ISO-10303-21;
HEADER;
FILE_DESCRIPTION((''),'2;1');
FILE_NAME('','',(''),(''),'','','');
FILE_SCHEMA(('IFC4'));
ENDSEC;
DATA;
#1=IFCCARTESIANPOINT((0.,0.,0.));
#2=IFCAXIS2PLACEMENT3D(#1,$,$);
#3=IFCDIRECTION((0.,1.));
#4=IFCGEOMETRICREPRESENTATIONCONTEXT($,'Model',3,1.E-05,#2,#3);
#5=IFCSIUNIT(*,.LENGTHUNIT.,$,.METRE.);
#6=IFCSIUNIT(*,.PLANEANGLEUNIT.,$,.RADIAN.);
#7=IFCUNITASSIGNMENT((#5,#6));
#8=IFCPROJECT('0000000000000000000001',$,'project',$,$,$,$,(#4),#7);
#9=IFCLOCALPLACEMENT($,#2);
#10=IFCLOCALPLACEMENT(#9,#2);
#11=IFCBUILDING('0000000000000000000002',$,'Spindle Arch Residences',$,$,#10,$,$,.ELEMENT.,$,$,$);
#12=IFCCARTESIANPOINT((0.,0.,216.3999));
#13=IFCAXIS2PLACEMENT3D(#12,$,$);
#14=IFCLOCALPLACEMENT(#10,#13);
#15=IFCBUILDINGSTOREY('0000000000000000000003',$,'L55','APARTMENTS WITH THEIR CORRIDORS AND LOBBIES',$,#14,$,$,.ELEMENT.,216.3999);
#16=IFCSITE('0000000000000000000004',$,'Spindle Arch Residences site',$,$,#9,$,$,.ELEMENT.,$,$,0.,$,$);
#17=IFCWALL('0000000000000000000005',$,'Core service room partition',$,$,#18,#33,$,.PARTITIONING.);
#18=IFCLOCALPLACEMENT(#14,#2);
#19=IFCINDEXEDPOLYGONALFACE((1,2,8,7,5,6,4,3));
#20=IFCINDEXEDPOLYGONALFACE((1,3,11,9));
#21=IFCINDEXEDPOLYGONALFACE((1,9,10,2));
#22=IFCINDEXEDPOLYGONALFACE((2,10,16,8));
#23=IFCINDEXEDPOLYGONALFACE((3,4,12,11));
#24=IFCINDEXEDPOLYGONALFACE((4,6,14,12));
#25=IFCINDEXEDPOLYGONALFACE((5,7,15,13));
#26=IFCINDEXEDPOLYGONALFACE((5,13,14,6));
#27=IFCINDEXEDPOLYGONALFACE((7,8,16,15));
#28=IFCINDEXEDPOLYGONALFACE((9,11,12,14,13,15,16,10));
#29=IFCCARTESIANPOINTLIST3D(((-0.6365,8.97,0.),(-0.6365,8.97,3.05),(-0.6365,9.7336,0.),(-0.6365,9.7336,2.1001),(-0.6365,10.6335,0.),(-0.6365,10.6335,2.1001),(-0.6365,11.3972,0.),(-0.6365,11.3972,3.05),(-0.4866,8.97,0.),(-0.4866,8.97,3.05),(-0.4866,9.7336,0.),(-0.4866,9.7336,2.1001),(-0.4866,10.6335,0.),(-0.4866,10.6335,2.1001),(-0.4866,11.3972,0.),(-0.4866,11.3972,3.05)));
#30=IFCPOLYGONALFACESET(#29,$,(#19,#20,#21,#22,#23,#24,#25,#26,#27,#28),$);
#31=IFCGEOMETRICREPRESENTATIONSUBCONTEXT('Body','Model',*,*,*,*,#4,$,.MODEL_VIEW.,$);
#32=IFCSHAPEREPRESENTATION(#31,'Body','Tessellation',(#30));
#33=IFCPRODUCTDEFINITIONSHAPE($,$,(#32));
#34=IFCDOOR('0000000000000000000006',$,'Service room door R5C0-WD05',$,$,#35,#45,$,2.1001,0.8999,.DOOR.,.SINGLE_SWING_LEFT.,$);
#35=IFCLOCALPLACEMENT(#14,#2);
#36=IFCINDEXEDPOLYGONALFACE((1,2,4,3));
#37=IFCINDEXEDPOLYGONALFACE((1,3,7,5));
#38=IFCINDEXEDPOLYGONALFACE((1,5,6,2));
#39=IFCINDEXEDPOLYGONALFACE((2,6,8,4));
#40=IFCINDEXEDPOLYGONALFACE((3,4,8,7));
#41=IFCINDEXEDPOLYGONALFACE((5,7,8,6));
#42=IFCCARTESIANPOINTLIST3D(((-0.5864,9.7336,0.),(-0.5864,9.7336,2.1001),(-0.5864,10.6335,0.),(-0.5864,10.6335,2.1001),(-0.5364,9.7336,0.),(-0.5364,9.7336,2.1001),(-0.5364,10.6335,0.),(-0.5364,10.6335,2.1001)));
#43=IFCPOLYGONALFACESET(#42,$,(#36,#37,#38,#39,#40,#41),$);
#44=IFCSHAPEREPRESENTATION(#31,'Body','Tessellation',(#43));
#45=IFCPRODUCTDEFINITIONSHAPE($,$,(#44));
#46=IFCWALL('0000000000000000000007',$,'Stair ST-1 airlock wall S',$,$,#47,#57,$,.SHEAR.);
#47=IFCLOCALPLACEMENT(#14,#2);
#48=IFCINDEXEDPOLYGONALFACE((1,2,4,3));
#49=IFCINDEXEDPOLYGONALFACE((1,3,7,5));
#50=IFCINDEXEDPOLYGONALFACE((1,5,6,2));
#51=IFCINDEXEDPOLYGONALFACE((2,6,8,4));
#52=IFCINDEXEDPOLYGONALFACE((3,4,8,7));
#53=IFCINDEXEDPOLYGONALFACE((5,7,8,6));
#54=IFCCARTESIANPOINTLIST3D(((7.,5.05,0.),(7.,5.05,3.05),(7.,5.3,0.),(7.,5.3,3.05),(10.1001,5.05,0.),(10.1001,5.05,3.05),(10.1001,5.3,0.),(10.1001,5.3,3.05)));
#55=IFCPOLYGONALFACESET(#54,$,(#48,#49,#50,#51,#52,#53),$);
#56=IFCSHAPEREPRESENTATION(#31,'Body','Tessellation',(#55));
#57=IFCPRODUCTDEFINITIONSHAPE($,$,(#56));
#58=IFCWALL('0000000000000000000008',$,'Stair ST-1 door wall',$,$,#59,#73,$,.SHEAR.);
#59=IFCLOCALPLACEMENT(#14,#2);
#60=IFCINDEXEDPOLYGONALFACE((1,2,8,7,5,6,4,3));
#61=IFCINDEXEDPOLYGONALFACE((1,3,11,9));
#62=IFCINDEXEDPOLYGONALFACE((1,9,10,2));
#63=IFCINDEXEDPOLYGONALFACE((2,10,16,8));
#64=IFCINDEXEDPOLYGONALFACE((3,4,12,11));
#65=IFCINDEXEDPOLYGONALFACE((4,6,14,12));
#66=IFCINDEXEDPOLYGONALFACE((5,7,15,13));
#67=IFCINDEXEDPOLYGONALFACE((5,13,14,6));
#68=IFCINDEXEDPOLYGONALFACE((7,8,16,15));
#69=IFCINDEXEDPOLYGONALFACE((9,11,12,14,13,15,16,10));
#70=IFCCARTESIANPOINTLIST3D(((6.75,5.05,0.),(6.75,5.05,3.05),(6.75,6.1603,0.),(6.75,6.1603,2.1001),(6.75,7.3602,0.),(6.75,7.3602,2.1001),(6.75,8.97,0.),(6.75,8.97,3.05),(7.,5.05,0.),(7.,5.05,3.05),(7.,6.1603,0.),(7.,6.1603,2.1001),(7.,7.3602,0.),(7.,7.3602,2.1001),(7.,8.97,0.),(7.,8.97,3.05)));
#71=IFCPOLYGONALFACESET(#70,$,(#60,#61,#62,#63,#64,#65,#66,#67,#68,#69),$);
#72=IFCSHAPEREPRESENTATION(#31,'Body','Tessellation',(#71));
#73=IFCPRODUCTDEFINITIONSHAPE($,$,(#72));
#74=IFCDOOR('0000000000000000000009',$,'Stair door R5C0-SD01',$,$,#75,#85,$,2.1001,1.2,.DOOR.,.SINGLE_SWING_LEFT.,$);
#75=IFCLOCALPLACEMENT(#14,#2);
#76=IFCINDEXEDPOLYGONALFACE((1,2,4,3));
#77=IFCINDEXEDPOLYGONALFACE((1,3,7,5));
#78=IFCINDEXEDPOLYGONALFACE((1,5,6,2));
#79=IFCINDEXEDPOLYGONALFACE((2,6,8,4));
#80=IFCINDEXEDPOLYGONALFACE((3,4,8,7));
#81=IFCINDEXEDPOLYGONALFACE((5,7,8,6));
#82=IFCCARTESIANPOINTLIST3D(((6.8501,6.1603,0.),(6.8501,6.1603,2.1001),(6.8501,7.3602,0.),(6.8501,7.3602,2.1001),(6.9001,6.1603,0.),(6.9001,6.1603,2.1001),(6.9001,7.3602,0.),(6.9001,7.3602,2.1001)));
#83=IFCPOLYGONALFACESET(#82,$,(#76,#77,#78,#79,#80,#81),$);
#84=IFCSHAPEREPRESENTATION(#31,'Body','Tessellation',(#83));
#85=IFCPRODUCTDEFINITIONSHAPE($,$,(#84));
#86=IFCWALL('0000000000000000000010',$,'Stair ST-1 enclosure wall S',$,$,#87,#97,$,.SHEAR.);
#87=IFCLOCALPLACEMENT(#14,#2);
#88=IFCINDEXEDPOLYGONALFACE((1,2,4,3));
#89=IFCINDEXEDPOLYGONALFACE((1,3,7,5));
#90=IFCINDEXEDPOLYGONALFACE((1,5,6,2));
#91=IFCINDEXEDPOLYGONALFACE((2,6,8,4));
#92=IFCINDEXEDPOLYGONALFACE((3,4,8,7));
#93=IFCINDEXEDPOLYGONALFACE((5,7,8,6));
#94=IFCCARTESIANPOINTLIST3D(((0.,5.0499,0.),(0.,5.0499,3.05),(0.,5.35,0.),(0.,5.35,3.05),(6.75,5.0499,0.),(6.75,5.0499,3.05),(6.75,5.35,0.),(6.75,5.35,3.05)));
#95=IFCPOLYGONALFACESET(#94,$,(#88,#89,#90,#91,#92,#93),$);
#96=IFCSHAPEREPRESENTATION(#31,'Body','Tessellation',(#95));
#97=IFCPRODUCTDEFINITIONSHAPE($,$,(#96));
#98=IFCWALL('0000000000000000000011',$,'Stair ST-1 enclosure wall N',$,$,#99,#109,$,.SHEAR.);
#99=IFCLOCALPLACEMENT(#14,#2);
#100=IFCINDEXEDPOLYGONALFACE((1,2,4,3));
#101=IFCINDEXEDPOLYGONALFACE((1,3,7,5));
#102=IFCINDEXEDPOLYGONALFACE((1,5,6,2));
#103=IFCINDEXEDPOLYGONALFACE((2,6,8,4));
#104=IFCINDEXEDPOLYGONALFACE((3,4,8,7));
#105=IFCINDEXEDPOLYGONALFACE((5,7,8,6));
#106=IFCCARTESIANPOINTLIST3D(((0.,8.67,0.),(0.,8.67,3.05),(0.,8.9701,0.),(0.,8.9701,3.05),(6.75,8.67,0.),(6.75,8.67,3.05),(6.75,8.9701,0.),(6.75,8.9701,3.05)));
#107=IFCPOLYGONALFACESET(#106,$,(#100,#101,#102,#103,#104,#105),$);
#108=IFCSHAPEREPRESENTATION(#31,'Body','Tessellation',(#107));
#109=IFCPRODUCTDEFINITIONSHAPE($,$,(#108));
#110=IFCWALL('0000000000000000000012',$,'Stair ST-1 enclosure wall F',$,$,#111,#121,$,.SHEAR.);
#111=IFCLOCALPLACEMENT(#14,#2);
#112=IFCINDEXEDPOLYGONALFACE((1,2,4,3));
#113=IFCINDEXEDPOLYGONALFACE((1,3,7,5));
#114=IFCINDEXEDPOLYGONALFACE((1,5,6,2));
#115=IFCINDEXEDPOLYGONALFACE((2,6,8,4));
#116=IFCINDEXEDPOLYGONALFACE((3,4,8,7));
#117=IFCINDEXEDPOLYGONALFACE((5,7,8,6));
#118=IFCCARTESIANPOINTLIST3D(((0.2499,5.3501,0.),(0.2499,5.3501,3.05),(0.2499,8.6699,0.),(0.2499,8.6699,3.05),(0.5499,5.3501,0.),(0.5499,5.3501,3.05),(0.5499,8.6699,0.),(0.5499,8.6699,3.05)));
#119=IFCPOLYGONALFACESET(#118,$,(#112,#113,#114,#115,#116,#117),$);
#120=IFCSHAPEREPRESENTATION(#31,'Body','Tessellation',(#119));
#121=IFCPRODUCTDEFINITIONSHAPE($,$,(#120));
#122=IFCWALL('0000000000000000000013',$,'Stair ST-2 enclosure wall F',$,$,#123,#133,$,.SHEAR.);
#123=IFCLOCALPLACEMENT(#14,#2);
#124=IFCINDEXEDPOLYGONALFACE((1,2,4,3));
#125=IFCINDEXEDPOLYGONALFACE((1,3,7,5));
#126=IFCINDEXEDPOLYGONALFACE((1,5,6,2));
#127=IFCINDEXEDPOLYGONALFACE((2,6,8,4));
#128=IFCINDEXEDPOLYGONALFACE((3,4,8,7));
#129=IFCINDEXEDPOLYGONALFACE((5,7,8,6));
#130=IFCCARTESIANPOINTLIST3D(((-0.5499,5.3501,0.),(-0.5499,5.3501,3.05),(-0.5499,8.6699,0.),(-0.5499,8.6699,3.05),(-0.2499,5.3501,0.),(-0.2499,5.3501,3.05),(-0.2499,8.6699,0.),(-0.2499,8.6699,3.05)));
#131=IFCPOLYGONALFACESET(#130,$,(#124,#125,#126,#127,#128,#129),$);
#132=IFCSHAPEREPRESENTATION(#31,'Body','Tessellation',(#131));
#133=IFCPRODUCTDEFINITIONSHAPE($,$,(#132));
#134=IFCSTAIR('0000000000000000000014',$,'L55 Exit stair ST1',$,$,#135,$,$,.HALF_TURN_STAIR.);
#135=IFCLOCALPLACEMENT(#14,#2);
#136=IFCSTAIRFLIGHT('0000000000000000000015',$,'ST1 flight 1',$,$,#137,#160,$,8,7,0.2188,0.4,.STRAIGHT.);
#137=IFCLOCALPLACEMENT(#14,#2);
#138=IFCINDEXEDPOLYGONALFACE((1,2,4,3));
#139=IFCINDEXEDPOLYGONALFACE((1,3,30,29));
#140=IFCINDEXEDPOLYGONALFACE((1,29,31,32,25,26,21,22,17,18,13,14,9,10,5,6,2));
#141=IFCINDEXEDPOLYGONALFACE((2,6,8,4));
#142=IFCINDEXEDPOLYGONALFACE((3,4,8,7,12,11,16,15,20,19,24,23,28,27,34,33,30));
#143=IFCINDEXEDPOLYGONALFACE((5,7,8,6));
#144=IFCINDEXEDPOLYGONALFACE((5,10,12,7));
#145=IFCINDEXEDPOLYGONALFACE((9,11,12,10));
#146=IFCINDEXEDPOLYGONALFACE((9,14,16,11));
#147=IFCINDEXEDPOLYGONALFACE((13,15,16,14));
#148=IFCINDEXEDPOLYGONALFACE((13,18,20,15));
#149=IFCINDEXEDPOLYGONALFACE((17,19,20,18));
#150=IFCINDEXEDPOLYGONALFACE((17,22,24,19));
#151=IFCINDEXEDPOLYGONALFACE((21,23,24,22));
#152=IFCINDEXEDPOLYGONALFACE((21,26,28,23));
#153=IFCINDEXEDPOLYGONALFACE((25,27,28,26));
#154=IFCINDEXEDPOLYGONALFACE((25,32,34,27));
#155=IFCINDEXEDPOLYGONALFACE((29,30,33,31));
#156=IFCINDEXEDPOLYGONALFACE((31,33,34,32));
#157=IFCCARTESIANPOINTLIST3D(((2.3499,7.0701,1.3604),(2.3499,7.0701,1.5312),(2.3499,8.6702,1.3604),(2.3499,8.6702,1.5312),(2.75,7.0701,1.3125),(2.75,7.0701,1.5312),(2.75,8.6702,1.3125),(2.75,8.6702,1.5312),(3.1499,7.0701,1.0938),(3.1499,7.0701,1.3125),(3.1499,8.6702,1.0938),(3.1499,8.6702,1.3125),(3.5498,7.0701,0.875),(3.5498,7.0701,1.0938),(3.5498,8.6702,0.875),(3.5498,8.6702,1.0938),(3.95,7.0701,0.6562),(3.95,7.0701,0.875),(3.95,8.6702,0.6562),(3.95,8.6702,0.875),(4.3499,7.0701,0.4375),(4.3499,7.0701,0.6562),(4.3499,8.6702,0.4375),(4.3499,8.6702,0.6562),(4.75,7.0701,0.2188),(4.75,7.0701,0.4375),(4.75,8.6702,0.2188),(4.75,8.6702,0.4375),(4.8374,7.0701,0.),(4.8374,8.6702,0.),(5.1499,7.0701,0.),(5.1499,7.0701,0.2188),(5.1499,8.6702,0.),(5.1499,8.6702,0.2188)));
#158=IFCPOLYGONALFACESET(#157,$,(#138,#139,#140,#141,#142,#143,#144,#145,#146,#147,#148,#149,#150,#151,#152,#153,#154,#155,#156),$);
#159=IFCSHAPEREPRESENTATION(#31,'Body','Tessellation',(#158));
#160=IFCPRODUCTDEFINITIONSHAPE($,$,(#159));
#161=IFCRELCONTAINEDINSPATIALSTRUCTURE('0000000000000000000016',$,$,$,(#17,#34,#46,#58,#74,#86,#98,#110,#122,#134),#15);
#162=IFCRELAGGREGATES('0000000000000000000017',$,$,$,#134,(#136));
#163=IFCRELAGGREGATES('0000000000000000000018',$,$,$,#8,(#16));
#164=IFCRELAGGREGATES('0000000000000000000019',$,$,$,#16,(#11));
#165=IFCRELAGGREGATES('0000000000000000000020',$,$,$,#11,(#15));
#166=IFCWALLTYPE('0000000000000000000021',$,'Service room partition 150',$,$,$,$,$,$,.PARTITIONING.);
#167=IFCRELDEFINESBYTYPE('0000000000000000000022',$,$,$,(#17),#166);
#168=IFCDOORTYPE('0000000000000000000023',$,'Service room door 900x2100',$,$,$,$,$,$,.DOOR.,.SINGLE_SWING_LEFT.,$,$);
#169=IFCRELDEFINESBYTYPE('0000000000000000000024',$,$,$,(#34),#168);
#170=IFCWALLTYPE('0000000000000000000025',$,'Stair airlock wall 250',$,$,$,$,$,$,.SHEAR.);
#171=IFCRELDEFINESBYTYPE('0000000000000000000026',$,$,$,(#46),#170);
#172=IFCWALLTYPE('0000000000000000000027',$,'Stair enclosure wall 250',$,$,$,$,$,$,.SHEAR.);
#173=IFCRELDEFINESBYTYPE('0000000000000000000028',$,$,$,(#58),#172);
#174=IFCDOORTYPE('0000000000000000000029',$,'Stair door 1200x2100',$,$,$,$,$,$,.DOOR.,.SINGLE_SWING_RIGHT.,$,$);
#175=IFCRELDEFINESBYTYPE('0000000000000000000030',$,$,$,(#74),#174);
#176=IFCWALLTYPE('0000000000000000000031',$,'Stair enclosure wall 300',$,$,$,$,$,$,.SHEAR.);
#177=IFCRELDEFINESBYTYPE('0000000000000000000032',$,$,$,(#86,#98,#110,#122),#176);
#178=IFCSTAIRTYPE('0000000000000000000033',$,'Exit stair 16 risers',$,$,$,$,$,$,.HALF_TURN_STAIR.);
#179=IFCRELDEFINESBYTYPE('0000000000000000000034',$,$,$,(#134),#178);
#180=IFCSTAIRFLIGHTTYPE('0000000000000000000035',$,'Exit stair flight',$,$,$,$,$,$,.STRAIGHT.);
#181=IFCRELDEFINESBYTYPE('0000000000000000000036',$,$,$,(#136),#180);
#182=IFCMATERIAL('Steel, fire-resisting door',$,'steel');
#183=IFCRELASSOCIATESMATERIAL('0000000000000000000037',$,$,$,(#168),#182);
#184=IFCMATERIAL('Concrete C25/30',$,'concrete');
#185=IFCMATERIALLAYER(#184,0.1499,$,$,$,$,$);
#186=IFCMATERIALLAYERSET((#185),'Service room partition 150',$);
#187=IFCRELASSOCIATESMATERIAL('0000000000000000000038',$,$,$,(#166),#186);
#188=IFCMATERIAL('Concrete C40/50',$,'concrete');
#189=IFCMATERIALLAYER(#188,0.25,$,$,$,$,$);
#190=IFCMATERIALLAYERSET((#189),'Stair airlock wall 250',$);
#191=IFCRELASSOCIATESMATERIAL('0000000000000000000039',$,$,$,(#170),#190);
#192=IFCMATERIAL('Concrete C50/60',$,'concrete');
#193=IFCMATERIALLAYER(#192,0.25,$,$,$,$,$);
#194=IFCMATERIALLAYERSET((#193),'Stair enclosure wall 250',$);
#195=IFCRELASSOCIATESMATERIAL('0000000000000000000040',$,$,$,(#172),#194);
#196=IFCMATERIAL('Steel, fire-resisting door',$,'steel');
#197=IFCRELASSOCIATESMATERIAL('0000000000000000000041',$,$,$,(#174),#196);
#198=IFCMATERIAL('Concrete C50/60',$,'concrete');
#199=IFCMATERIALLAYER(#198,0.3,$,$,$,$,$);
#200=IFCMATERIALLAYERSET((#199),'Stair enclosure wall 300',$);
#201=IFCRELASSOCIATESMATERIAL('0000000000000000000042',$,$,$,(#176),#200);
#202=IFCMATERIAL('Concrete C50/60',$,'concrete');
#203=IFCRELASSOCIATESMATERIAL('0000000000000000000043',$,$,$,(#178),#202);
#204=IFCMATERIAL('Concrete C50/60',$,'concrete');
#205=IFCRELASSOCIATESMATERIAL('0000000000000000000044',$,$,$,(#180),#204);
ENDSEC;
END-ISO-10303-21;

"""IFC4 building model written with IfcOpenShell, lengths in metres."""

from ifc_helpers import new_model, si_unit, direction, frame, frame_2d, origin, place, context, subcontext, project, spatial, polyline, rectangle, outline, extrude, material, layer, layer_set, type_object, element, fill, aggregate, save


model = new_model("IFC4")

# Units and contexts
model_context = context("Model", 3, precision=1e-05, world=origin(), true_north=direction((0.0, 1.0)))
body_context = subcontext(model_context, "Body", "Model", "MODEL_VIEW")
ifc_project = project(units=[si_unit("LENGTHUNIT", "METRE"), si_unit("PLANEANGLEUNIT", "RADIAN")], contexts=[model_context])

# Site, building, storey
site_placement = place(None, origin())
site = spatial("IfcSite", under=ifc_project, at=site_placement, Name="Spindle Arch Residences site", CompositionType="ELEMENT", RefElevation=0.0)
building_placement = place(site_placement, origin())
building = spatial("IfcBuilding", under=site, at=building_placement, Name="Spindle Arch Residences", CompositionType="ELEMENT")
storey_placement = place(building_placement, frame((0.0, 0.0, 216.3999)))
storey = spatial("IfcBuildingStorey", under=building, at=storey_placement, Name="L55", Description="APARTMENTS WITH THEIR CORRIDORS AND LOBBIES", CompositionType="ELEMENT", Elevation=216.3999)

# Shared definitions
ifc_material_1 = material(Name="Steel, fire-resisting door", Category="steel")
door_type_1 = type_object("IfcDoorType", Name="Service room door 900x2100", OperationType="SINGLE_SWING_LEFT", PredefinedType="DOOR", material=ifc_material_1)

# Wall, opening, door
ifc_material_2 = material(Name="Concrete C25/30", Category="concrete")
ifc_layer_1 = layer(ifc_material_2, 0.1499)
ifc_layer_set_1 = layer_set([ifc_layer_1], Name="Service room partition 150")
wall_type_1 = type_object("IfcWallType", Name="Service room partition 150", PredefinedType="PARTITIONING", material=ifc_layer_set_1)
wall_1_placement = place(storey_placement, frame((-0.5615, 8.97, 0.0), z_axis=(0.0, 0.0, 1.0), x_axis=(0.0, 1.0, 0.0)))
wall_1 = element("IfcWall", 1, at=wall_1_placement, inside=storey, type_object=wall_type_1, Name="Core service room partition", PredefinedType="PARTITIONING", context=body_context, shape_type="SweptSolid", body=[
    extrude(rectangle(XDim=2.4272, YDim=0.1499, at=frame_2d((1.2136, 0.0))), origin(), (0.0, 0.0, 1.0), 3.05),
])
opening_1_placement = place(wall_1_placement, frame((0.7637, 0.0, 0.0)))
opening_1 = element("IfcOpeningElement", 2, at=opening_1_placement, cuts=wall_1, PredefinedType="OPENING", context=body_context, shape_type="SweptSolid", body=[
    extrude(rectangle(XDim=0.8999, YDim=2.1001, at=frame_2d((0.45, 1.05))), frame((0.0, 0.085, 0.0), z_axis=(0.0, -1.0, 0.0), x_axis=(1.0, 0.0, 0.0)), (0.0, 0.0, 1.0), 0.1699),
])
door_1_placement = place(opening_1_placement, origin())
door_1 = element("IfcDoor", 3, at=door_1_placement, inside=storey, type_object=door_type_1, Name="Service room door R5C0-WD05", OperationType="SINGLE_SWING_LEFT", OverallHeight=2.1001, OverallWidth=0.8999, PredefinedType="DOOR", context=body_context, shape_type="SweptSolid", body=[
    extrude(rectangle(XDim=0.8999, YDim=2.1001, at=frame_2d((0.45, 1.05))), frame((0.0, 0.0249, 0.0), z_axis=(0.0, -1.0, 0.0), x_axis=(1.0, 0.0, 0.0)), (0.0, 0.0, 1.0), 0.05),
])
fill(opening_1, door_1)

# Wall
ifc_material_3 = material(Name="Concrete C40/50", Category="concrete")
ifc_layer_2 = layer(ifc_material_3, 0.25)
ifc_layer_set_2 = layer_set([ifc_layer_2], Name="Stair airlock wall 250")
wall_type_2 = type_object("IfcWallType", Name="Stair airlock wall 250", PredefinedType="SHEAR", material=ifc_layer_set_2)
wall_2_placement = place(storey_placement, frame((7.0, 5.175, 0.0), z_axis=(0.0, 0.0, 1.0), x_axis=(1.0, 0.0, 0.0)))
element("IfcWall", 4, at=wall_2_placement, inside=storey, type_object=wall_type_2, Name="Stair ST-1 airlock wall S", PredefinedType="SHEAR", context=body_context, shape_type="SweptSolid", body=[
    extrude(rectangle(XDim=3.1001, YDim=0.25, at=frame_2d((1.55, 0.0))), origin(), (0.0, 0.0, 1.0), 3.05),
])

# Wall, opening, door
ifc_material_4 = material(Name="Concrete C50/60", Category="concrete")
ifc_layer_3 = layer(ifc_material_4, 0.25)
ifc_layer_set_3 = layer_set([ifc_layer_3], Name="Stair enclosure wall 250")
wall_type_3 = type_object("IfcWallType", Name="Stair enclosure wall 250", PredefinedType="SHEAR", material=ifc_layer_set_3)
wall_3_placement = place(storey_placement, frame((6.875, 5.05, 0.0), z_axis=(0.0, 0.0, 1.0), x_axis=(0.0, 1.0, 0.0)))
wall_3 = element("IfcWall", 5, at=wall_3_placement, inside=storey, type_object=wall_type_3, Name="Stair ST-1 door wall", PredefinedType="SHEAR", context=body_context, shape_type="SweptSolid", body=[
    extrude(rectangle(XDim=3.9199, YDim=0.25, at=frame_2d((1.96, 0.0))), origin(), (0.0, 0.0, 1.0), 3.05),
])
opening_2_placement = place(wall_3_placement, frame((1.1101, 0.0, 0.0)))
opening_2 = element("IfcOpeningElement", 6, at=opening_2_placement, cuts=wall_3, PredefinedType="OPENING", context=body_context, shape_type="SweptSolid", body=[
    extrude(rectangle(XDim=1.2, YDim=2.1001, at=frame_2d((0.6001, 1.05))), frame((0.0, 0.135, 0.0), z_axis=(0.0, -1.0, 0.0), x_axis=(1.0, 0.0, 0.0)), (0.0, 0.0, 1.0), 0.27),
])
ifc_material_5 = material(Name="Steel, fire-resisting door", Category="steel")
door_type_2 = type_object("IfcDoorType", Name="Stair door 1200x2100", OperationType="SINGLE_SWING_RIGHT", PredefinedType="DOOR", material=ifc_material_5)
door_2_placement = place(opening_2_placement, origin())
door_2 = element("IfcDoor", 7, at=door_2_placement, inside=storey, type_object=door_type_2, Name="Stair door R5C0-SD01", OperationType="SINGLE_SWING_LEFT", OverallHeight=2.1001, OverallWidth=1.2, PredefinedType="DOOR", context=body_context, shape_type="SweptSolid", body=[
    extrude(rectangle(XDim=1.2, YDim=2.1001, at=frame_2d((0.6001, 1.05))), frame((0.0, 0.0249, 0.0), z_axis=(0.0, -1.0, 0.0), x_axis=(1.0, 0.0, 0.0)), (0.0, 0.0, 1.0), 0.05),
])
fill(opening_2, door_2)

# Walls
ifc_material_6 = material(Name="Concrete C50/60", Category="concrete")
ifc_layer_4 = layer(ifc_material_6, 0.3)
ifc_layer_set_4 = layer_set([ifc_layer_4], Name="Stair enclosure wall 300")
wall_type_4 = type_object("IfcWallType", Name="Stair enclosure wall 300", PredefinedType="SHEAR", material=ifc_layer_set_4)
for number, where, z_axis, x_axis, name in (
    (8, (0.0, 5.2, 0.0), (0.0, 0.0, 1.0), (1.0, 0.0, 0.0), "Stair ST-1 enclosure wall S"),
    (9, (0.0, 8.8201, 0.0), (0.0, 0.0, 1.0), (1.0, 0.0, 0.0), "Stair ST-1 enclosure wall N"),
):
    element("IfcWall", number, at=place(storey_placement, frame(where, z_axis=z_axis, x_axis=x_axis)), inside=storey, type_object=wall_type_4, Name=name, PredefinedType="SHEAR", context=body_context, shape_type="SweptSolid", body=[
        extrude(rectangle(XDim=6.75, YDim=0.3, at=frame_2d((3.375, 0.0))), origin(), (0.0, 0.0, 1.0), 3.05),
    ])
for number, where, z_axis, x_axis, name in (
    (10, (0.3999, 5.3501, 0.0), (0.0, 0.0, 1.0), (0.0, 1.0, 0.0), "Stair ST-1 enclosure wall F"),
    (11, (-0.3999, 5.3501, 0.0), (0.0, 0.0, 1.0), (0.0, 1.0, 0.0), "Stair ST-2 enclosure wall F"),
):
    element("IfcWall", number, at=place(storey_placement, frame(where, z_axis=z_axis, x_axis=x_axis)), inside=storey, type_object=wall_type_4, Name=name, PredefinedType="SHEAR", context=body_context, shape_type="SweptSolid", body=[
        extrude(rectangle(XDim=3.3198, YDim=0.3, at=frame_2d((1.6599, 0.0))), origin(), (0.0, 0.0, 1.0), 3.05),
    ])

# Stair, stair flight
ifc_material_7 = material(Name="Concrete C50/60", Category="concrete")
stair_type = type_object("IfcStairType", Name="Exit stair 16 risers", PredefinedType="HALF_TURN_STAIR", material=ifc_material_7)
stair_1_placement = place(storey_placement, origin())
stair_1 = element("IfcStair", 12, at=stair_1_placement, inside=storey, type_object=stair_type, Name="L55 Exit stair ST1", PredefinedType="HALF_TURN_STAIR")
ifc_material_8 = material(Name="Concrete C50/60", Category="concrete")
stair_flight_type = type_object("IfcStairFlightType", Name="Exit stair flight", PredefinedType="STRAIGHT", material=ifc_material_8)
stair_flight_1_placement = place(storey_placement, frame((5.1499, 7.8701, 0.0), z_axis=(0.0, 0.0, 1.0), x_axis=(-1.0, 0.0, 0.0)))
stair_flight_1 = element("IfcStairFlight", 13, at=stair_flight_1_placement, type_object=stair_flight_type, Name="ST1 flight 1", NumberOfRisers=8, NumberOfTreads=7, PredefinedType="STRAIGHT", RiserHeight=0.2188, TreadLength=0.4, context=body_context, shape_type="SweptSolid", body=[
    extrude(outline(polyline([(0.0, 0.0), (0.0, 0.2188), (0.3999, 0.2188), (0.3999, 0.4375), (0.8, 0.4375), (0.8, 0.6562), (1.2, 0.6562), (1.2, 0.875), (1.6001, 0.875), (1.6001, 1.0938), (2.0, 1.0938), (2.0, 1.3125), (2.3999, 1.3125), (2.3999, 1.5312), (2.8, 1.5312), (2.8, 1.75), (2.8, 1.3604), (0.3125, 0.0), (0.0, 0.0)])), frame((0.0, 0.8, 0.0), z_axis=(0.0, -1.0, 0.0), x_axis=(1.0, 0.0, 0.0)), (0.0, 0.0, 1.0), 1.6001),
])
aggregate(stair_1, [stair_flight_1])

save(model, "model.ifc")
